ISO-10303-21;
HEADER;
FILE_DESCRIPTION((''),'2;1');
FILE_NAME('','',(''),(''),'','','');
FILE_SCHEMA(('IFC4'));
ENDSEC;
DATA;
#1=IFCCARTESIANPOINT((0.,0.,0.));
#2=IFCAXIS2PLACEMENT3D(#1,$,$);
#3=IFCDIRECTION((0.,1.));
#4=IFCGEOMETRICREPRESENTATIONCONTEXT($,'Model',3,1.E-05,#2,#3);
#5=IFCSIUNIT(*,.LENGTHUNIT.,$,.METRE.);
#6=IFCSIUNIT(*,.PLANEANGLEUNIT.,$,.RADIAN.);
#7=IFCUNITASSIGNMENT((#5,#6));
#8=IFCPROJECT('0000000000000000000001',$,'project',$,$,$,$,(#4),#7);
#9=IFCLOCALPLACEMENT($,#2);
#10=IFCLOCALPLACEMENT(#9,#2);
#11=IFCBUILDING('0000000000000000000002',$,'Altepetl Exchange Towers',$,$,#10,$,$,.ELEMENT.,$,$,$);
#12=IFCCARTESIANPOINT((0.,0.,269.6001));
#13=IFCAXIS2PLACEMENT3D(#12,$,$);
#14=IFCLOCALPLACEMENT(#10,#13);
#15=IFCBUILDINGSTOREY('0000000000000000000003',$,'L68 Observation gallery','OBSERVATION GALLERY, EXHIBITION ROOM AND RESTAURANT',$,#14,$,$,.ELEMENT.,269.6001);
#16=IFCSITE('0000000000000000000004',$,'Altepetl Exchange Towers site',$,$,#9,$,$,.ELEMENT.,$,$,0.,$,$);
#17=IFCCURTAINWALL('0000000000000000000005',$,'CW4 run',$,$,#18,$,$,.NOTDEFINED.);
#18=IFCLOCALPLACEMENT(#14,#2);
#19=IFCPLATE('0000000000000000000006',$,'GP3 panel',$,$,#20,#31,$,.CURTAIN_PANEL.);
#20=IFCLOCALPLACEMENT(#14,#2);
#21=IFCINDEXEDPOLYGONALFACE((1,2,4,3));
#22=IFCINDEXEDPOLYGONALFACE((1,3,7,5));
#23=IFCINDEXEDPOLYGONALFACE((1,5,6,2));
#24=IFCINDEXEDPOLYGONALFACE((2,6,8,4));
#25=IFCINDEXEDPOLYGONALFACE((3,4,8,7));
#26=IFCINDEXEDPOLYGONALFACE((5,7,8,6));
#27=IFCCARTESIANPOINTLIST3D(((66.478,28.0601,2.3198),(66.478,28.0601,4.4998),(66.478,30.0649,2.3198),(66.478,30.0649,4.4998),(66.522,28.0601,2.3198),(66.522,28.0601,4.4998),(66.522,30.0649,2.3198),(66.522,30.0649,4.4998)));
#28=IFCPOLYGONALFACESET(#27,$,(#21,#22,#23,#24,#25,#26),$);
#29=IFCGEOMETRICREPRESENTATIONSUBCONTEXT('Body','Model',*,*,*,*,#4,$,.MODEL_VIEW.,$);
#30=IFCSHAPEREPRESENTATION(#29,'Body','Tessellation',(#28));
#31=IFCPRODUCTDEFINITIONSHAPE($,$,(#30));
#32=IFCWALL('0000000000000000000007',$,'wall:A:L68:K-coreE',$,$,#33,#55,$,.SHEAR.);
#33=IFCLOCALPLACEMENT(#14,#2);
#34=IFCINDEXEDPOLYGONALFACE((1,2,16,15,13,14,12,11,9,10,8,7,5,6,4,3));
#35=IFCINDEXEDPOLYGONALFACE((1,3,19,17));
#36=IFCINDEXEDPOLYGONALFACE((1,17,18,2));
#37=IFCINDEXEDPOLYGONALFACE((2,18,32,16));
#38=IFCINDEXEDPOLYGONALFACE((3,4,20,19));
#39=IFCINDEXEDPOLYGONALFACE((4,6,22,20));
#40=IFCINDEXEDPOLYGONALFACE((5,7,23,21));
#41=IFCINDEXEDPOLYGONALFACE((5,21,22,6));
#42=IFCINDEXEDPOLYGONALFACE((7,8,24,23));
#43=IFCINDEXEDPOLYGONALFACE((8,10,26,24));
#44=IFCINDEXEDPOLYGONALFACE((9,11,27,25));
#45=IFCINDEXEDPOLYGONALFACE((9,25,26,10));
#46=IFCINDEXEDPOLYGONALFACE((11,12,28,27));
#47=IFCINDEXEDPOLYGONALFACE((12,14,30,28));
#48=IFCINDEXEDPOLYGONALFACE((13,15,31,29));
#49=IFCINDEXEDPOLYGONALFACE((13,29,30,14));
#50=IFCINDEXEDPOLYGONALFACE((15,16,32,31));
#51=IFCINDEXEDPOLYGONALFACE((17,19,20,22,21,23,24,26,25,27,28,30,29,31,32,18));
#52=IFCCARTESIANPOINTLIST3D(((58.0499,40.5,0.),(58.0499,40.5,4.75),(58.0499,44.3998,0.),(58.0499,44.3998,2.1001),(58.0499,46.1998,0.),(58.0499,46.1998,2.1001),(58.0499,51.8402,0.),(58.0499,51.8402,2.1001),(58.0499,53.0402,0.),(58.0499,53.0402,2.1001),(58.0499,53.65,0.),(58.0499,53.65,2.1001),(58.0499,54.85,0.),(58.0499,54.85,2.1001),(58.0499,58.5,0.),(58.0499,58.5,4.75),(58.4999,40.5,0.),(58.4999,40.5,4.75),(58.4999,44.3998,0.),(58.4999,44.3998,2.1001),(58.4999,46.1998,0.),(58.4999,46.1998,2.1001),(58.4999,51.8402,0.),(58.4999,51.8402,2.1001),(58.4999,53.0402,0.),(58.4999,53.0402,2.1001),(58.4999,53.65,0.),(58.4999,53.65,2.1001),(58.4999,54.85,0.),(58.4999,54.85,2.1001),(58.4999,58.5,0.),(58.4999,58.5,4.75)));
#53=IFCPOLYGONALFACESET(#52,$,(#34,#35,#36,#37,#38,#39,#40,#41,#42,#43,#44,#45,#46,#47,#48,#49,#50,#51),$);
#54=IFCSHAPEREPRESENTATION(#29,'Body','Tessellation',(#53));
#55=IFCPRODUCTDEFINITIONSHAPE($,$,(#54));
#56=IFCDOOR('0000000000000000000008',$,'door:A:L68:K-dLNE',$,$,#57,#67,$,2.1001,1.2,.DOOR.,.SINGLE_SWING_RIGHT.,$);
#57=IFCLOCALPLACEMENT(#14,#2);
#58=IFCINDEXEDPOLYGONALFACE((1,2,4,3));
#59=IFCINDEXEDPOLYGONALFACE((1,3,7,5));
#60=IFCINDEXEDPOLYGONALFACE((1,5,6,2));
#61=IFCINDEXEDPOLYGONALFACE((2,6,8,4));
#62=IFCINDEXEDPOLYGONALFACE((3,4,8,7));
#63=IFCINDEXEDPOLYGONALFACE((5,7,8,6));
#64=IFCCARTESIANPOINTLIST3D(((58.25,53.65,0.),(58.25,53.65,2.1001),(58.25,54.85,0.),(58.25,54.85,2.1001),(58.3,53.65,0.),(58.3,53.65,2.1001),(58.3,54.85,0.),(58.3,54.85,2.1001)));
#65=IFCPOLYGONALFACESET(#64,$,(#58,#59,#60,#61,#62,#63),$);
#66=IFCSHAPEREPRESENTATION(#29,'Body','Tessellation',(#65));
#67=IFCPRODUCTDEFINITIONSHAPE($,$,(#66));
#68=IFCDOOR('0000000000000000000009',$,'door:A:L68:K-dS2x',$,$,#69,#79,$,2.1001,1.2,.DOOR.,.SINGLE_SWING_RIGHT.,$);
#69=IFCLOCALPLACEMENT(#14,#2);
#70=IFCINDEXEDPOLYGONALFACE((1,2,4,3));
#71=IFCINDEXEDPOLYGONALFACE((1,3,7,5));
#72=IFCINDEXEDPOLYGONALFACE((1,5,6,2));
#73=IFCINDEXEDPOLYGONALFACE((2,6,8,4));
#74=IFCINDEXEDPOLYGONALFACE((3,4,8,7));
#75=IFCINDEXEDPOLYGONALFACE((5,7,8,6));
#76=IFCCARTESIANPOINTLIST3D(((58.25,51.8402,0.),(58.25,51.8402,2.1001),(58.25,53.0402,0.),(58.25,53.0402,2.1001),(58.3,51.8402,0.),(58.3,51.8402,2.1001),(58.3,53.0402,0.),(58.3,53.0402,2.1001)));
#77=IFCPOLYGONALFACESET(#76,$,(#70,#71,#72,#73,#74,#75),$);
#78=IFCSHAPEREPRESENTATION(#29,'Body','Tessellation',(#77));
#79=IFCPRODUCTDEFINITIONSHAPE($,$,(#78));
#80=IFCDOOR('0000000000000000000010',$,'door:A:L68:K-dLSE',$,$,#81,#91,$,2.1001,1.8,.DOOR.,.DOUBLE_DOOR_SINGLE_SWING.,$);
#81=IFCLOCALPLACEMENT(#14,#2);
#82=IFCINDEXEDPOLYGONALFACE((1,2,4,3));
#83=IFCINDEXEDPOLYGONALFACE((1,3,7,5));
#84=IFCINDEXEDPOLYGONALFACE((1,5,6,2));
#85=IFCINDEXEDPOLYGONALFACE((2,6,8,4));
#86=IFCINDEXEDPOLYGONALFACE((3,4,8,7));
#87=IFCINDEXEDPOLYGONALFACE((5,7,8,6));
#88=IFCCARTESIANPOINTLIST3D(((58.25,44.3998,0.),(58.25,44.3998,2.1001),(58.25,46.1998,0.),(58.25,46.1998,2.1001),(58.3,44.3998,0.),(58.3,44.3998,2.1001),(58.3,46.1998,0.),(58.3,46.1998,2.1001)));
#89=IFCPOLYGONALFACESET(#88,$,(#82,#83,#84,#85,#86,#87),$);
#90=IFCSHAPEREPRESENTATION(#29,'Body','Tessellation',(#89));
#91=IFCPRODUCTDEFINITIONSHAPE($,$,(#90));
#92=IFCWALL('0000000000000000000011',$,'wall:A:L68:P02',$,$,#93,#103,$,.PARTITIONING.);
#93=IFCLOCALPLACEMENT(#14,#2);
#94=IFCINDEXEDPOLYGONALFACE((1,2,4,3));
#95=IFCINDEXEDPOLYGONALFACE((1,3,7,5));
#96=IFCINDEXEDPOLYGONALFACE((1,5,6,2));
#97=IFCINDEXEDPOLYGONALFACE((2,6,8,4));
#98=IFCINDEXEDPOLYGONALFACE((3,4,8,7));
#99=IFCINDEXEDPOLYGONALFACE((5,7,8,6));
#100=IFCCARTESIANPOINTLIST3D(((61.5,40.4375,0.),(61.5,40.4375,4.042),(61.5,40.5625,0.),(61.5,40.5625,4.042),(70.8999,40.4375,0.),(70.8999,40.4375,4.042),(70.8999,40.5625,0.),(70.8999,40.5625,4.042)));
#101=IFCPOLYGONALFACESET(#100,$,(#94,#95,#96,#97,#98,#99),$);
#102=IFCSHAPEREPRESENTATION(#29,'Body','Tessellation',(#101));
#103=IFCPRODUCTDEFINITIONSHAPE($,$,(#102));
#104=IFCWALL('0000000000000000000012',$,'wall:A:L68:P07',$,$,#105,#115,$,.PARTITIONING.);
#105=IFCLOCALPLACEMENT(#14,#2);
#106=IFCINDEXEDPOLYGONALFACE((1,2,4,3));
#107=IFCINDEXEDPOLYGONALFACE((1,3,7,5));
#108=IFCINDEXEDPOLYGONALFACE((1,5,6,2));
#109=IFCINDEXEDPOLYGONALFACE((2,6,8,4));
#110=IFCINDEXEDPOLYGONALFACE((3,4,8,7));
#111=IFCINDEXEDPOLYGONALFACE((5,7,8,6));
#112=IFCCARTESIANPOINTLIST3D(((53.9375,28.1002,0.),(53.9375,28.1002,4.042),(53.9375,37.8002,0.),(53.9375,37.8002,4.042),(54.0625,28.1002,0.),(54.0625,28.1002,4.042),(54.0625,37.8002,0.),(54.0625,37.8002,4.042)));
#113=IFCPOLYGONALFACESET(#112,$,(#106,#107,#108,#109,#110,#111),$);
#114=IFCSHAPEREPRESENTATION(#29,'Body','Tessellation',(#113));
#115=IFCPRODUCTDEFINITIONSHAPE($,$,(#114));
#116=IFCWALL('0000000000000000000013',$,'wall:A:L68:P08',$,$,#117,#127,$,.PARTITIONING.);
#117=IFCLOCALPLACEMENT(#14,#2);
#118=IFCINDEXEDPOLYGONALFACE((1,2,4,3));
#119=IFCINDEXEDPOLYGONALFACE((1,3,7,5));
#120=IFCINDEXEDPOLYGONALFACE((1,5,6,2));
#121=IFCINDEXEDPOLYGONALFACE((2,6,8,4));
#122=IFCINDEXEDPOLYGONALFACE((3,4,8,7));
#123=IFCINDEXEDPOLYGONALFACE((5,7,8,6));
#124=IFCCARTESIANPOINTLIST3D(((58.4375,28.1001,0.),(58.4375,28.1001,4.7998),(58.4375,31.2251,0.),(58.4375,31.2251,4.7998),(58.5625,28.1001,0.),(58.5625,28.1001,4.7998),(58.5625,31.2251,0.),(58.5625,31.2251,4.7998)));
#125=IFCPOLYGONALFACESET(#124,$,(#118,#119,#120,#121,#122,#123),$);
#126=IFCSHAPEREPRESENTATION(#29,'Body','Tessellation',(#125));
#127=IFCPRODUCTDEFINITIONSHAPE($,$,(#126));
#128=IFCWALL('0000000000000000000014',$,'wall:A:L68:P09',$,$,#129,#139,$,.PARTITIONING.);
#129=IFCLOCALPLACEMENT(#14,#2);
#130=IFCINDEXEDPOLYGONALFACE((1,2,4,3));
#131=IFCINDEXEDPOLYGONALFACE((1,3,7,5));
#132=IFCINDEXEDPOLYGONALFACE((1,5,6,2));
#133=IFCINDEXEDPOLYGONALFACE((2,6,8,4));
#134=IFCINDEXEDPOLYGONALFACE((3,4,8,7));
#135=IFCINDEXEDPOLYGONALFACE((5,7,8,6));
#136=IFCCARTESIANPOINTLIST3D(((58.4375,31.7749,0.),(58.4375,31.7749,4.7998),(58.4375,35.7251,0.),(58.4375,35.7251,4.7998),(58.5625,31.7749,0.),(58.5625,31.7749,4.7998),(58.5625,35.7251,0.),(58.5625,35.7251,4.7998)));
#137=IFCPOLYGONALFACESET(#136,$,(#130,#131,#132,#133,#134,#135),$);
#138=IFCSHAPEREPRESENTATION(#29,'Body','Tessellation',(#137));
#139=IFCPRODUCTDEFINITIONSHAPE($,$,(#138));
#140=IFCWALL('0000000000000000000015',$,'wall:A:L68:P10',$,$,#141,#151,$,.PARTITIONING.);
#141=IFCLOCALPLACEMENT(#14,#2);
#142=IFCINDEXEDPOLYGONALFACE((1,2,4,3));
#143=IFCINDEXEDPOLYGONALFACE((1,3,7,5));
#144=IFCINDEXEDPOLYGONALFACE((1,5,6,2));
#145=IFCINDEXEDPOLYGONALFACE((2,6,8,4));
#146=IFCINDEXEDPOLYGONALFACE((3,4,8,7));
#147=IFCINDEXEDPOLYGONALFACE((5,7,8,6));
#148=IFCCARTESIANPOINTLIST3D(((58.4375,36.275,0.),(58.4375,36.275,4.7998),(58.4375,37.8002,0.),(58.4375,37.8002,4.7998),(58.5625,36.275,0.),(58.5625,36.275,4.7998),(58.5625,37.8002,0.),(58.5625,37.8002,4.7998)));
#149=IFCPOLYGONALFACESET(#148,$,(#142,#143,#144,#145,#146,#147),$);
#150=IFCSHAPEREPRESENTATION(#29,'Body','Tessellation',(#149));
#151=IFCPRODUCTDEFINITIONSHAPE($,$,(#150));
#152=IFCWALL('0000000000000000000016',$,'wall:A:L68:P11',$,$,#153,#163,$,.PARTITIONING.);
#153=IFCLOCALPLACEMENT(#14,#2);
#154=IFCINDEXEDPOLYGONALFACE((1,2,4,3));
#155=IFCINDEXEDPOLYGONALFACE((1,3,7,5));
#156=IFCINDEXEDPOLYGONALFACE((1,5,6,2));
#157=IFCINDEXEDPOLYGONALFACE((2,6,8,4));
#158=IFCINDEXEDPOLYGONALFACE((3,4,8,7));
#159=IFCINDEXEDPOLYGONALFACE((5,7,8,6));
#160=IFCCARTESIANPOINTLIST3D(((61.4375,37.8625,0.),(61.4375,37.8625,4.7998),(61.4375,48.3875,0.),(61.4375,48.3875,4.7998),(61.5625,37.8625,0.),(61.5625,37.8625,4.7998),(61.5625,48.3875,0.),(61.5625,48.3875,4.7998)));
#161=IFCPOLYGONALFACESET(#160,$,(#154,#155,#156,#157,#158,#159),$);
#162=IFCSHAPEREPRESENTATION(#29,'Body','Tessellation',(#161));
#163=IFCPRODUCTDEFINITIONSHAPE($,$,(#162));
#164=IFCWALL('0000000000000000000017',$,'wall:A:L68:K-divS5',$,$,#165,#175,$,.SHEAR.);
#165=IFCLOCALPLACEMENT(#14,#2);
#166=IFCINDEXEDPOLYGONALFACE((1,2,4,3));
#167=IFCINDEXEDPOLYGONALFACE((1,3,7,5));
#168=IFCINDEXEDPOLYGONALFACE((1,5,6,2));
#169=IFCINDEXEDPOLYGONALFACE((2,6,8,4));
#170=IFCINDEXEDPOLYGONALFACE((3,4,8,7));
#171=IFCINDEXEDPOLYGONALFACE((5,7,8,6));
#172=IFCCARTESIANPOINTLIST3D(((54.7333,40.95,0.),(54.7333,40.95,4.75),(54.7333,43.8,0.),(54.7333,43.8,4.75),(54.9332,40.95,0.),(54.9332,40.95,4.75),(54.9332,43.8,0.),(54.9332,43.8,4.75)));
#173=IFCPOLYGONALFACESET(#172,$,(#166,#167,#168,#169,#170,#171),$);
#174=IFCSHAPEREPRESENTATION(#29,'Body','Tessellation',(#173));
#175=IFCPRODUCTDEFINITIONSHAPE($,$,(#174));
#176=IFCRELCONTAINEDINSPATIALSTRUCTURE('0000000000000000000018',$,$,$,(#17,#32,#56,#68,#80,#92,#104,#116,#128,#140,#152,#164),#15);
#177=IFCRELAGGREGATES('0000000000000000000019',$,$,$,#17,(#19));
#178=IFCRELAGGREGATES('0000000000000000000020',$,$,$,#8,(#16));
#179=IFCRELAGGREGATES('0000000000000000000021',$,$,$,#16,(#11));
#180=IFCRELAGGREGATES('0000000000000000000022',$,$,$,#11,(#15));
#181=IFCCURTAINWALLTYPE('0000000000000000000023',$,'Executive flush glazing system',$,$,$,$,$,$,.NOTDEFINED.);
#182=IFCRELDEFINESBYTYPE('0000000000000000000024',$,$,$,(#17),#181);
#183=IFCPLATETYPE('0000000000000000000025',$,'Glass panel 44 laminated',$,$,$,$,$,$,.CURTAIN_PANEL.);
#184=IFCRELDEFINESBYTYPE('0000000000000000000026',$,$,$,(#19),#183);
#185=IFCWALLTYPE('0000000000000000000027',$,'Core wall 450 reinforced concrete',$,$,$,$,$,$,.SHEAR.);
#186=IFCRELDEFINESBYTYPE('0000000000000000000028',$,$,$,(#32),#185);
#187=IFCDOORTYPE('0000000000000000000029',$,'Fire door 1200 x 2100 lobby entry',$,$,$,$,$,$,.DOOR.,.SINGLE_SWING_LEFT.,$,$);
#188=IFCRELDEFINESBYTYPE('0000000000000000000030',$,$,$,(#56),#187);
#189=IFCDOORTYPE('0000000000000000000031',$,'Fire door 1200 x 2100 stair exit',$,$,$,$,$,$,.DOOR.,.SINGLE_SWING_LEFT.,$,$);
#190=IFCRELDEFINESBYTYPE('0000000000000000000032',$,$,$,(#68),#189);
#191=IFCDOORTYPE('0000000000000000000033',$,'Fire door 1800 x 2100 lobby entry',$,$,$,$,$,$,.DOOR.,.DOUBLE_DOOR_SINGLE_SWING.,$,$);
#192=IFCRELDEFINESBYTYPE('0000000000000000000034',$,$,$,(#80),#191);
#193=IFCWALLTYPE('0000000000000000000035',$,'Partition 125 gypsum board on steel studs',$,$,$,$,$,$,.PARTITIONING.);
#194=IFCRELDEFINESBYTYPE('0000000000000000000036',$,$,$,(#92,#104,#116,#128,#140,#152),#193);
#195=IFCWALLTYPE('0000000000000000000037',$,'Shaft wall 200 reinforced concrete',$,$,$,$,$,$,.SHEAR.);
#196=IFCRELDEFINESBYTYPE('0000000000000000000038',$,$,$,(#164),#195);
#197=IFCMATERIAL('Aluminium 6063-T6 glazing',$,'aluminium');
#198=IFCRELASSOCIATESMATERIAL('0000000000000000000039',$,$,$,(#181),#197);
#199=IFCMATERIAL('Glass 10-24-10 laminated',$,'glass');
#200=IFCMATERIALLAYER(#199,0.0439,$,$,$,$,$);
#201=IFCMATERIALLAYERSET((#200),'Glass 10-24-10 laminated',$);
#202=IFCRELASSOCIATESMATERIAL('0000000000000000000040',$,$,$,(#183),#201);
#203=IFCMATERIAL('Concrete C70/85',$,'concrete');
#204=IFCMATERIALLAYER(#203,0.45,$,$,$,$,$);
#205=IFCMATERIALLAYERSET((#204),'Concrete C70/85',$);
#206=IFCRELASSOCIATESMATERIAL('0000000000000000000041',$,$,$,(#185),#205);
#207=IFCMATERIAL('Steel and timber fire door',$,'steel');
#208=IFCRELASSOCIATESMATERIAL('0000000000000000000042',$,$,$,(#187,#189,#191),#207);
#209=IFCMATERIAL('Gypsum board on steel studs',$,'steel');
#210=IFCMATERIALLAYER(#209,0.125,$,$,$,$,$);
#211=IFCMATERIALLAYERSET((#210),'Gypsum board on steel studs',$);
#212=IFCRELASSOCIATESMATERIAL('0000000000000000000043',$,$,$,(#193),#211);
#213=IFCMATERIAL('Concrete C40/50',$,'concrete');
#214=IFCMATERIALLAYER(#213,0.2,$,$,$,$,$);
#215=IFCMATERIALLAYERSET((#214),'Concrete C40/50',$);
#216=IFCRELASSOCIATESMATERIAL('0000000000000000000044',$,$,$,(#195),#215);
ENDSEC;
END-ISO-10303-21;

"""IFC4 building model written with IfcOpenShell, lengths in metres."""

from ifc_helpers import new_model, si_unit, direction, frame, frame_2d, origin, origin_2d, place, context, subcontext, project, spatial, rectangle, extrude, material, layer, layer_set, type_object, element, fill, aggregate, save


model = new_model("IFC4")

# Units and contexts
model_context = context("Model", 3, precision=1e-05, world=origin(), true_north=direction((0.0, 1.0)))
body_context = subcontext(model_context, "Body", "Model", "MODEL_VIEW")
ifc_project = project(units=[si_unit("LENGTHUNIT", "METRE"), si_unit("PLANEANGLEUNIT", "RADIAN")], contexts=[model_context])

# Site, building, storey
site_placement = place(None, origin())
site = spatial("IfcSite", under=ifc_project, at=site_placement, Name="Altepetl Exchange Towers site", CompositionType="ELEMENT", RefElevation=0.0)
building_placement = place(site_placement, origin())
building = spatial("IfcBuilding", under=site, at=building_placement, Name="Altepetl Exchange Towers", CompositionType="ELEMENT")
storey_placement = place(building_placement, frame((0.0, 0.0, 269.6001)))
storey = spatial("IfcBuildingStorey", under=building, at=storey_placement, Name="L68 Observation gallery", Description="OBSERVATION GALLERY, EXHIBITION ROOM AND RESTAURANT", CompositionType="ELEMENT", Elevation=269.6001)

# Shared definitions
ifc_material_1 = material(Name="Concrete C70/85", Category="concrete")

# Curtain wall, plate
ifc_material_2 = material(Name="Aluminium 6063-T6 glazing", Category="aluminium")
curtain_wall_type = type_object("IfcCurtainWallType", Name="Executive flush glazing system", PredefinedType="NOTDEFINED", material=ifc_material_2)
curtain_wall_placement = place(storey_placement, origin())
curtain_wall = element("IfcCurtainWall", 1, at=curtain_wall_placement, inside=storey, type_object=curtain_wall_type, Name="CW4 run", PredefinedType="NOTDEFINED")
ifc_material_3 = material(Name="Glass 10-24-10 laminated", Category="glass")
ifc_layer_1 = layer(ifc_material_3, 0.0439)
ifc_layer_set_1 = layer_set([ifc_layer_1], Name="Glass 10-24-10 laminated")
plate_type = type_object("IfcPlateType", Name="Glass panel 44 laminated", PredefinedType="CURTAIN_PANEL", material=ifc_layer_set_1)
plate_1_placement = place(storey_placement, frame((66.5, 29.0625, 2.3198), z_axis=(0.0, 0.0, 1.0), x_axis=(0.0, 1.0, 0.0)))
plate_1 = element("IfcPlate", 2, at=plate_1_placement, type_object=plate_type, Name="GP3 panel", PredefinedType="CURTAIN_PANEL", context=body_context, shape_type="SweptSolid", body=[
    extrude(rectangle(XDim=2.0049, YDim=0.0439, at=origin_2d()), origin(), (0.0, 0.0, 1.0), 2.1799),
])
aggregate(curtain_wall, [plate_1])

# Wall, openings, doors
ifc_layer_2 = layer(ifc_material_1, 0.45)
ifc_layer_set_2 = layer_set([ifc_layer_2], Name="Concrete C70/85")
wall_type_1 = type_object("IfcWallType", Name="Core wall 450 reinforced concrete", PredefinedType="SHEAR", material=ifc_layer_set_2)
wall_1_placement = place(storey_placement, frame((58.2749, 40.5, 0.0), z_axis=(0.0, 0.0, 1.0), x_axis=(0.0, 1.0, 0.0)))
wall_1 = element("IfcWall", 3, at=wall_1_placement, inside=storey, type_object=wall_type_1, Name="wall:A:L68:K-coreE", PredefinedType="SHEAR", context=body_context, shape_type="SweptSolid", body=[
    extrude(rectangle(XDim=18.0, YDim=0.45, at=frame_2d((9.0, 0.0))), origin(), (0.0, 0.0, 1.0), 4.75),
])
opening_1_placement = place(wall_1_placement, frame((13.1499, 0.0, 0.0)))
opening_1 = element("IfcOpeningElement", 4, at=opening_1_placement, cuts=wall_1, PredefinedType="OPENING", context=body_context, shape_type="SweptSolid", body=[
    extrude(rectangle(XDim=1.2, YDim=2.1001, at=frame_2d((0.6001, 1.05))), frame((0.0, 0.2349, 0.0), z_axis=(0.0, -1.0, 0.0), x_axis=(1.0, 0.0, 0.0)), (0.0, 0.0, 1.0), 0.47),
])
opening_2_placement = place(wall_1_placement, frame((3.8999, 0.0, 0.0)))
opening_2 = element("IfcOpeningElement", 5, at=opening_2_placement, cuts=wall_1, PredefinedType="OPENING", context=body_context, shape_type="SweptSolid", body=[
    extrude(rectangle(XDim=1.8, YDim=2.1001, at=frame_2d((0.8999, 1.05))), frame((0.0, 0.2349, 0.0), z_axis=(0.0, -1.0, 0.0), x_axis=(1.0, 0.0, 0.0)), (0.0, 0.0, 1.0), 0.47),
])
opening_3_placement = place(wall_1_placement, frame((11.3401, 0.0, 0.0)))
opening_3 = element("IfcOpeningElement", 6, at=opening_3_placement, cuts=wall_1, PredefinedType="OPENING", context=body_context, shape_type="SweptSolid", body=[
    extrude(rectangle(XDim=1.2, YDim=2.1001, at=frame_2d((0.6001, 1.05))), frame((0.0, 0.2349, 0.0), z_axis=(0.0, -1.0, 0.0), x_axis=(1.0, 0.0, 0.0)), (0.0, 0.0, 1.0), 0.47),
])
ifc_material_4 = material(Name="Steel and timber fire door", Category="steel")
door_type_1 = type_object("IfcDoorType", Name="Fire door 1200 x 2100 lobby entry", OperationType="SINGLE_SWING_LEFT", PredefinedType="DOOR", material=ifc_material_4)
door_1_placement = place(opening_1_placement, origin())
door_1 = element("IfcDoor", 7, at=door_1_placement, inside=storey, type_object=door_type_1, Name="door:A:L68:K-dLNE", OperationType="SINGLE_SWING_RIGHT", OverallHeight=2.1001, OverallWidth=1.2, PredefinedType="DOOR", context=body_context, shape_type="SweptSolid", body=[
    extrude(rectangle(XDim=1.2, YDim=2.1001, at=frame_2d((0.6001, 1.05))), frame((0.0, 0.0249, 0.0), z_axis=(0.0, -1.0, 0.0), x_axis=(1.0, 0.0, 0.0)), (0.0, 0.0, 1.0), 0.05),
])
fill(opening_1, door_1)
door_type_2 = type_object("IfcDoorType", Name="Fire door 1200 x 2100 stair exit", OperationType="SINGLE_SWING_LEFT", PredefinedType="DOOR", material=ifc_material_4)
door_2_placement = place(opening_3_placement, origin())
door_2 = element("IfcDoor", 8, at=door_2_placement, inside=storey, type_object=door_type_2, Name="door:A:L68:K-dS2x", OperationType="SINGLE_SWING_RIGHT", OverallHeight=2.1001, OverallWidth=1.2, PredefinedType="DOOR", context=body_context, shape_type="SweptSolid", body=[
    extrude(rectangle(XDim=1.2, YDim=2.1001, at=frame_2d((0.6001, 1.05))), frame((0.0, 0.0249, 0.0), z_axis=(0.0, -1.0, 0.0), x_axis=(1.0, 0.0, 0.0)), (0.0, 0.0, 1.0), 0.05),
])
fill(opening_3, door_2)
door_type_3 = type_object("IfcDoorType", Name="Fire door 1800 x 2100 lobby entry", OperationType="DOUBLE_DOOR_SINGLE_SWING", PredefinedType="DOOR", material=ifc_material_4)
door_3_placement = place(opening_2_placement, origin())
door_3 = element("IfcDoor", 9, at=door_3_placement, inside=storey, type_object=door_type_3, Name="door:A:L68:K-dLSE", OperationType="DOUBLE_DOOR_SINGLE_SWING", OverallHeight=2.1001, OverallWidth=1.8, PredefinedType="DOOR", context=body_context, shape_type="SweptSolid", body=[
    extrude(rectangle(XDim=1.8, YDim=2.1001, at=frame_2d((0.8999, 1.05))), frame((0.0, 0.0249, 0.0), z_axis=(0.0, -1.0, 0.0), x_axis=(1.0, 0.0, 0.0)), (0.0, 0.0, 1.0), 0.05),
])
fill(opening_2, door_3)

# Walls
ifc_material_5 = material(Name="Gypsum board on steel studs", Category="steel")
ifc_layer_3 = layer(ifc_material_5, 0.125)
ifc_layer_set_3 = layer_set([ifc_layer_3], Name="Gypsum board on steel studs")
wall_type_2 = type_object("IfcWallType", Name="Partition 125 gypsum board on steel studs", PredefinedType="PARTITIONING", material=ifc_layer_set_3)
wall_2_placement = place(storey_placement, frame((61.5, 40.5, 0.0)))
element("IfcWall", 10, at=wall_2_placement, inside=storey, type_object=wall_type_2, Name="wall:A:L68:P02", PredefinedType="PARTITIONING", context=body_context, shape_type="SweptSolid", body=[
    extrude(rectangle(XDim=9.3999, YDim=0.125, at=frame_2d((4.7, 0.0))), origin(), (0.0, 0.0, 1.0), 4.042),
])
wall_3_placement = place(storey_placement, frame((54.0, 28.1001, 0.0), z_axis=(0.0, 0.0, 1.0), x_axis=(0.0, 1.0, 0.0)))
element("IfcWall", 11, at=wall_3_placement, inside=storey, type_object=wall_type_2, Name="wall:A:L68:P07", PredefinedType="PARTITIONING", context=body_context, shape_type="SweptSolid", body=[
    extrude(rectangle(XDim=9.7, YDim=0.125, at=frame_2d((4.8501, 0.0))), origin(), (0.0, 0.0, 1.0), 4.042),
])
wall_4_placement = place(storey_placement, frame((58.5, 28.1001, 0.0), z_axis=(0.0, 0.0, 1.0), x_axis=(0.0, 1.0, 0.0)))
element("IfcWall", 12, at=wall_4_placement, inside=storey, type_object=wall_type_2, Name="wall:A:L68:P08", PredefinedType="PARTITIONING", context=body_context, shape_type="SweptSolid", body=[
    extrude(rectangle(XDim=3.125, YDim=0.125, at=frame_2d((1.5625, 0.0))), origin(), (0.0, 0.0, 1.0), 4.7998),
])
wall_5_placement = place(storey_placement, frame((58.5, 31.7749, 0.0), z_axis=(0.0, 0.0, 1.0), x_axis=(0.0, 1.0, 0.0)))
element("IfcWall", 13, at=wall_5_placement, inside=storey, type_object=wall_type_2, Name="wall:A:L68:P09", PredefinedType="PARTITIONING", context=body_context, shape_type="SweptSolid", body=[
    extrude(rectangle(XDim=3.9502, YDim=0.125, at=frame_2d((1.9751, 0.0))), origin(), (0.0, 0.0, 1.0), 4.7998),
])
wall_6_placement = place(storey_placement, frame((58.5, 36.2749, 0.0), z_axis=(0.0, 0.0, 1.0), x_axis=(0.0, 1.0, 0.0)))
element("IfcWall", 14, at=wall_6_placement, inside=storey, type_object=wall_type_2, Name="wall:A:L68:P10", PredefinedType="PARTITIONING", context=body_context, shape_type="SweptSolid", body=[
    extrude(rectangle(XDim=1.5251, YDim=0.125, at=frame_2d((0.7627, 0.0))), origin(), (0.0, 0.0, 1.0), 4.7998),
])
wall_7_placement = place(storey_placement, frame((61.5, 37.8625, 0.0), z_axis=(0.0, 0.0, 1.0), x_axis=(0.0, 1.0, 0.0)))
element("IfcWall", 15, at=wall_7_placement, inside=storey, type_object=wall_type_2, Name="wall:A:L68:P11", PredefinedType="PARTITIONING", context=body_context, shape_type="SweptSolid", body=[
    extrude(rectangle(XDim=10.5249, YDim=0.125, at=frame_2d((5.2625, 0.0))), origin(), (0.0, 0.0, 1.0), 4.7998),
])
ifc_material_6 = material(Name="Concrete C40/50", Category="concrete")
ifc_layer_4 = layer(ifc_material_6, 0.2)
ifc_layer_set_4 = layer_set([ifc_layer_4], Name="Concrete C40/50")
wall_type_3 = type_object("IfcWallType", Name="Shaft wall 200 reinforced concrete", PredefinedType="SHEAR", material=ifc_layer_set_4)
wall_8_placement = place(storey_placement, frame((54.8333, 40.95, 0.0), z_axis=(0.0, 0.0, 1.0), x_axis=(0.0, 1.0, 0.0)))
element("IfcWall", 16, at=wall_8_placement, inside=storey, type_object=wall_type_3, Name="wall:A:L68:K-divS5", PredefinedType="SHEAR", context=body_context, shape_type="SweptSolid", body=[
    extrude(rectangle(XDim=2.8501, YDim=0.2, at=frame_2d((1.425, 0.0))), origin(), (0.0, 0.0, 1.0), 4.75),
])

save(model, "model.ifc")
